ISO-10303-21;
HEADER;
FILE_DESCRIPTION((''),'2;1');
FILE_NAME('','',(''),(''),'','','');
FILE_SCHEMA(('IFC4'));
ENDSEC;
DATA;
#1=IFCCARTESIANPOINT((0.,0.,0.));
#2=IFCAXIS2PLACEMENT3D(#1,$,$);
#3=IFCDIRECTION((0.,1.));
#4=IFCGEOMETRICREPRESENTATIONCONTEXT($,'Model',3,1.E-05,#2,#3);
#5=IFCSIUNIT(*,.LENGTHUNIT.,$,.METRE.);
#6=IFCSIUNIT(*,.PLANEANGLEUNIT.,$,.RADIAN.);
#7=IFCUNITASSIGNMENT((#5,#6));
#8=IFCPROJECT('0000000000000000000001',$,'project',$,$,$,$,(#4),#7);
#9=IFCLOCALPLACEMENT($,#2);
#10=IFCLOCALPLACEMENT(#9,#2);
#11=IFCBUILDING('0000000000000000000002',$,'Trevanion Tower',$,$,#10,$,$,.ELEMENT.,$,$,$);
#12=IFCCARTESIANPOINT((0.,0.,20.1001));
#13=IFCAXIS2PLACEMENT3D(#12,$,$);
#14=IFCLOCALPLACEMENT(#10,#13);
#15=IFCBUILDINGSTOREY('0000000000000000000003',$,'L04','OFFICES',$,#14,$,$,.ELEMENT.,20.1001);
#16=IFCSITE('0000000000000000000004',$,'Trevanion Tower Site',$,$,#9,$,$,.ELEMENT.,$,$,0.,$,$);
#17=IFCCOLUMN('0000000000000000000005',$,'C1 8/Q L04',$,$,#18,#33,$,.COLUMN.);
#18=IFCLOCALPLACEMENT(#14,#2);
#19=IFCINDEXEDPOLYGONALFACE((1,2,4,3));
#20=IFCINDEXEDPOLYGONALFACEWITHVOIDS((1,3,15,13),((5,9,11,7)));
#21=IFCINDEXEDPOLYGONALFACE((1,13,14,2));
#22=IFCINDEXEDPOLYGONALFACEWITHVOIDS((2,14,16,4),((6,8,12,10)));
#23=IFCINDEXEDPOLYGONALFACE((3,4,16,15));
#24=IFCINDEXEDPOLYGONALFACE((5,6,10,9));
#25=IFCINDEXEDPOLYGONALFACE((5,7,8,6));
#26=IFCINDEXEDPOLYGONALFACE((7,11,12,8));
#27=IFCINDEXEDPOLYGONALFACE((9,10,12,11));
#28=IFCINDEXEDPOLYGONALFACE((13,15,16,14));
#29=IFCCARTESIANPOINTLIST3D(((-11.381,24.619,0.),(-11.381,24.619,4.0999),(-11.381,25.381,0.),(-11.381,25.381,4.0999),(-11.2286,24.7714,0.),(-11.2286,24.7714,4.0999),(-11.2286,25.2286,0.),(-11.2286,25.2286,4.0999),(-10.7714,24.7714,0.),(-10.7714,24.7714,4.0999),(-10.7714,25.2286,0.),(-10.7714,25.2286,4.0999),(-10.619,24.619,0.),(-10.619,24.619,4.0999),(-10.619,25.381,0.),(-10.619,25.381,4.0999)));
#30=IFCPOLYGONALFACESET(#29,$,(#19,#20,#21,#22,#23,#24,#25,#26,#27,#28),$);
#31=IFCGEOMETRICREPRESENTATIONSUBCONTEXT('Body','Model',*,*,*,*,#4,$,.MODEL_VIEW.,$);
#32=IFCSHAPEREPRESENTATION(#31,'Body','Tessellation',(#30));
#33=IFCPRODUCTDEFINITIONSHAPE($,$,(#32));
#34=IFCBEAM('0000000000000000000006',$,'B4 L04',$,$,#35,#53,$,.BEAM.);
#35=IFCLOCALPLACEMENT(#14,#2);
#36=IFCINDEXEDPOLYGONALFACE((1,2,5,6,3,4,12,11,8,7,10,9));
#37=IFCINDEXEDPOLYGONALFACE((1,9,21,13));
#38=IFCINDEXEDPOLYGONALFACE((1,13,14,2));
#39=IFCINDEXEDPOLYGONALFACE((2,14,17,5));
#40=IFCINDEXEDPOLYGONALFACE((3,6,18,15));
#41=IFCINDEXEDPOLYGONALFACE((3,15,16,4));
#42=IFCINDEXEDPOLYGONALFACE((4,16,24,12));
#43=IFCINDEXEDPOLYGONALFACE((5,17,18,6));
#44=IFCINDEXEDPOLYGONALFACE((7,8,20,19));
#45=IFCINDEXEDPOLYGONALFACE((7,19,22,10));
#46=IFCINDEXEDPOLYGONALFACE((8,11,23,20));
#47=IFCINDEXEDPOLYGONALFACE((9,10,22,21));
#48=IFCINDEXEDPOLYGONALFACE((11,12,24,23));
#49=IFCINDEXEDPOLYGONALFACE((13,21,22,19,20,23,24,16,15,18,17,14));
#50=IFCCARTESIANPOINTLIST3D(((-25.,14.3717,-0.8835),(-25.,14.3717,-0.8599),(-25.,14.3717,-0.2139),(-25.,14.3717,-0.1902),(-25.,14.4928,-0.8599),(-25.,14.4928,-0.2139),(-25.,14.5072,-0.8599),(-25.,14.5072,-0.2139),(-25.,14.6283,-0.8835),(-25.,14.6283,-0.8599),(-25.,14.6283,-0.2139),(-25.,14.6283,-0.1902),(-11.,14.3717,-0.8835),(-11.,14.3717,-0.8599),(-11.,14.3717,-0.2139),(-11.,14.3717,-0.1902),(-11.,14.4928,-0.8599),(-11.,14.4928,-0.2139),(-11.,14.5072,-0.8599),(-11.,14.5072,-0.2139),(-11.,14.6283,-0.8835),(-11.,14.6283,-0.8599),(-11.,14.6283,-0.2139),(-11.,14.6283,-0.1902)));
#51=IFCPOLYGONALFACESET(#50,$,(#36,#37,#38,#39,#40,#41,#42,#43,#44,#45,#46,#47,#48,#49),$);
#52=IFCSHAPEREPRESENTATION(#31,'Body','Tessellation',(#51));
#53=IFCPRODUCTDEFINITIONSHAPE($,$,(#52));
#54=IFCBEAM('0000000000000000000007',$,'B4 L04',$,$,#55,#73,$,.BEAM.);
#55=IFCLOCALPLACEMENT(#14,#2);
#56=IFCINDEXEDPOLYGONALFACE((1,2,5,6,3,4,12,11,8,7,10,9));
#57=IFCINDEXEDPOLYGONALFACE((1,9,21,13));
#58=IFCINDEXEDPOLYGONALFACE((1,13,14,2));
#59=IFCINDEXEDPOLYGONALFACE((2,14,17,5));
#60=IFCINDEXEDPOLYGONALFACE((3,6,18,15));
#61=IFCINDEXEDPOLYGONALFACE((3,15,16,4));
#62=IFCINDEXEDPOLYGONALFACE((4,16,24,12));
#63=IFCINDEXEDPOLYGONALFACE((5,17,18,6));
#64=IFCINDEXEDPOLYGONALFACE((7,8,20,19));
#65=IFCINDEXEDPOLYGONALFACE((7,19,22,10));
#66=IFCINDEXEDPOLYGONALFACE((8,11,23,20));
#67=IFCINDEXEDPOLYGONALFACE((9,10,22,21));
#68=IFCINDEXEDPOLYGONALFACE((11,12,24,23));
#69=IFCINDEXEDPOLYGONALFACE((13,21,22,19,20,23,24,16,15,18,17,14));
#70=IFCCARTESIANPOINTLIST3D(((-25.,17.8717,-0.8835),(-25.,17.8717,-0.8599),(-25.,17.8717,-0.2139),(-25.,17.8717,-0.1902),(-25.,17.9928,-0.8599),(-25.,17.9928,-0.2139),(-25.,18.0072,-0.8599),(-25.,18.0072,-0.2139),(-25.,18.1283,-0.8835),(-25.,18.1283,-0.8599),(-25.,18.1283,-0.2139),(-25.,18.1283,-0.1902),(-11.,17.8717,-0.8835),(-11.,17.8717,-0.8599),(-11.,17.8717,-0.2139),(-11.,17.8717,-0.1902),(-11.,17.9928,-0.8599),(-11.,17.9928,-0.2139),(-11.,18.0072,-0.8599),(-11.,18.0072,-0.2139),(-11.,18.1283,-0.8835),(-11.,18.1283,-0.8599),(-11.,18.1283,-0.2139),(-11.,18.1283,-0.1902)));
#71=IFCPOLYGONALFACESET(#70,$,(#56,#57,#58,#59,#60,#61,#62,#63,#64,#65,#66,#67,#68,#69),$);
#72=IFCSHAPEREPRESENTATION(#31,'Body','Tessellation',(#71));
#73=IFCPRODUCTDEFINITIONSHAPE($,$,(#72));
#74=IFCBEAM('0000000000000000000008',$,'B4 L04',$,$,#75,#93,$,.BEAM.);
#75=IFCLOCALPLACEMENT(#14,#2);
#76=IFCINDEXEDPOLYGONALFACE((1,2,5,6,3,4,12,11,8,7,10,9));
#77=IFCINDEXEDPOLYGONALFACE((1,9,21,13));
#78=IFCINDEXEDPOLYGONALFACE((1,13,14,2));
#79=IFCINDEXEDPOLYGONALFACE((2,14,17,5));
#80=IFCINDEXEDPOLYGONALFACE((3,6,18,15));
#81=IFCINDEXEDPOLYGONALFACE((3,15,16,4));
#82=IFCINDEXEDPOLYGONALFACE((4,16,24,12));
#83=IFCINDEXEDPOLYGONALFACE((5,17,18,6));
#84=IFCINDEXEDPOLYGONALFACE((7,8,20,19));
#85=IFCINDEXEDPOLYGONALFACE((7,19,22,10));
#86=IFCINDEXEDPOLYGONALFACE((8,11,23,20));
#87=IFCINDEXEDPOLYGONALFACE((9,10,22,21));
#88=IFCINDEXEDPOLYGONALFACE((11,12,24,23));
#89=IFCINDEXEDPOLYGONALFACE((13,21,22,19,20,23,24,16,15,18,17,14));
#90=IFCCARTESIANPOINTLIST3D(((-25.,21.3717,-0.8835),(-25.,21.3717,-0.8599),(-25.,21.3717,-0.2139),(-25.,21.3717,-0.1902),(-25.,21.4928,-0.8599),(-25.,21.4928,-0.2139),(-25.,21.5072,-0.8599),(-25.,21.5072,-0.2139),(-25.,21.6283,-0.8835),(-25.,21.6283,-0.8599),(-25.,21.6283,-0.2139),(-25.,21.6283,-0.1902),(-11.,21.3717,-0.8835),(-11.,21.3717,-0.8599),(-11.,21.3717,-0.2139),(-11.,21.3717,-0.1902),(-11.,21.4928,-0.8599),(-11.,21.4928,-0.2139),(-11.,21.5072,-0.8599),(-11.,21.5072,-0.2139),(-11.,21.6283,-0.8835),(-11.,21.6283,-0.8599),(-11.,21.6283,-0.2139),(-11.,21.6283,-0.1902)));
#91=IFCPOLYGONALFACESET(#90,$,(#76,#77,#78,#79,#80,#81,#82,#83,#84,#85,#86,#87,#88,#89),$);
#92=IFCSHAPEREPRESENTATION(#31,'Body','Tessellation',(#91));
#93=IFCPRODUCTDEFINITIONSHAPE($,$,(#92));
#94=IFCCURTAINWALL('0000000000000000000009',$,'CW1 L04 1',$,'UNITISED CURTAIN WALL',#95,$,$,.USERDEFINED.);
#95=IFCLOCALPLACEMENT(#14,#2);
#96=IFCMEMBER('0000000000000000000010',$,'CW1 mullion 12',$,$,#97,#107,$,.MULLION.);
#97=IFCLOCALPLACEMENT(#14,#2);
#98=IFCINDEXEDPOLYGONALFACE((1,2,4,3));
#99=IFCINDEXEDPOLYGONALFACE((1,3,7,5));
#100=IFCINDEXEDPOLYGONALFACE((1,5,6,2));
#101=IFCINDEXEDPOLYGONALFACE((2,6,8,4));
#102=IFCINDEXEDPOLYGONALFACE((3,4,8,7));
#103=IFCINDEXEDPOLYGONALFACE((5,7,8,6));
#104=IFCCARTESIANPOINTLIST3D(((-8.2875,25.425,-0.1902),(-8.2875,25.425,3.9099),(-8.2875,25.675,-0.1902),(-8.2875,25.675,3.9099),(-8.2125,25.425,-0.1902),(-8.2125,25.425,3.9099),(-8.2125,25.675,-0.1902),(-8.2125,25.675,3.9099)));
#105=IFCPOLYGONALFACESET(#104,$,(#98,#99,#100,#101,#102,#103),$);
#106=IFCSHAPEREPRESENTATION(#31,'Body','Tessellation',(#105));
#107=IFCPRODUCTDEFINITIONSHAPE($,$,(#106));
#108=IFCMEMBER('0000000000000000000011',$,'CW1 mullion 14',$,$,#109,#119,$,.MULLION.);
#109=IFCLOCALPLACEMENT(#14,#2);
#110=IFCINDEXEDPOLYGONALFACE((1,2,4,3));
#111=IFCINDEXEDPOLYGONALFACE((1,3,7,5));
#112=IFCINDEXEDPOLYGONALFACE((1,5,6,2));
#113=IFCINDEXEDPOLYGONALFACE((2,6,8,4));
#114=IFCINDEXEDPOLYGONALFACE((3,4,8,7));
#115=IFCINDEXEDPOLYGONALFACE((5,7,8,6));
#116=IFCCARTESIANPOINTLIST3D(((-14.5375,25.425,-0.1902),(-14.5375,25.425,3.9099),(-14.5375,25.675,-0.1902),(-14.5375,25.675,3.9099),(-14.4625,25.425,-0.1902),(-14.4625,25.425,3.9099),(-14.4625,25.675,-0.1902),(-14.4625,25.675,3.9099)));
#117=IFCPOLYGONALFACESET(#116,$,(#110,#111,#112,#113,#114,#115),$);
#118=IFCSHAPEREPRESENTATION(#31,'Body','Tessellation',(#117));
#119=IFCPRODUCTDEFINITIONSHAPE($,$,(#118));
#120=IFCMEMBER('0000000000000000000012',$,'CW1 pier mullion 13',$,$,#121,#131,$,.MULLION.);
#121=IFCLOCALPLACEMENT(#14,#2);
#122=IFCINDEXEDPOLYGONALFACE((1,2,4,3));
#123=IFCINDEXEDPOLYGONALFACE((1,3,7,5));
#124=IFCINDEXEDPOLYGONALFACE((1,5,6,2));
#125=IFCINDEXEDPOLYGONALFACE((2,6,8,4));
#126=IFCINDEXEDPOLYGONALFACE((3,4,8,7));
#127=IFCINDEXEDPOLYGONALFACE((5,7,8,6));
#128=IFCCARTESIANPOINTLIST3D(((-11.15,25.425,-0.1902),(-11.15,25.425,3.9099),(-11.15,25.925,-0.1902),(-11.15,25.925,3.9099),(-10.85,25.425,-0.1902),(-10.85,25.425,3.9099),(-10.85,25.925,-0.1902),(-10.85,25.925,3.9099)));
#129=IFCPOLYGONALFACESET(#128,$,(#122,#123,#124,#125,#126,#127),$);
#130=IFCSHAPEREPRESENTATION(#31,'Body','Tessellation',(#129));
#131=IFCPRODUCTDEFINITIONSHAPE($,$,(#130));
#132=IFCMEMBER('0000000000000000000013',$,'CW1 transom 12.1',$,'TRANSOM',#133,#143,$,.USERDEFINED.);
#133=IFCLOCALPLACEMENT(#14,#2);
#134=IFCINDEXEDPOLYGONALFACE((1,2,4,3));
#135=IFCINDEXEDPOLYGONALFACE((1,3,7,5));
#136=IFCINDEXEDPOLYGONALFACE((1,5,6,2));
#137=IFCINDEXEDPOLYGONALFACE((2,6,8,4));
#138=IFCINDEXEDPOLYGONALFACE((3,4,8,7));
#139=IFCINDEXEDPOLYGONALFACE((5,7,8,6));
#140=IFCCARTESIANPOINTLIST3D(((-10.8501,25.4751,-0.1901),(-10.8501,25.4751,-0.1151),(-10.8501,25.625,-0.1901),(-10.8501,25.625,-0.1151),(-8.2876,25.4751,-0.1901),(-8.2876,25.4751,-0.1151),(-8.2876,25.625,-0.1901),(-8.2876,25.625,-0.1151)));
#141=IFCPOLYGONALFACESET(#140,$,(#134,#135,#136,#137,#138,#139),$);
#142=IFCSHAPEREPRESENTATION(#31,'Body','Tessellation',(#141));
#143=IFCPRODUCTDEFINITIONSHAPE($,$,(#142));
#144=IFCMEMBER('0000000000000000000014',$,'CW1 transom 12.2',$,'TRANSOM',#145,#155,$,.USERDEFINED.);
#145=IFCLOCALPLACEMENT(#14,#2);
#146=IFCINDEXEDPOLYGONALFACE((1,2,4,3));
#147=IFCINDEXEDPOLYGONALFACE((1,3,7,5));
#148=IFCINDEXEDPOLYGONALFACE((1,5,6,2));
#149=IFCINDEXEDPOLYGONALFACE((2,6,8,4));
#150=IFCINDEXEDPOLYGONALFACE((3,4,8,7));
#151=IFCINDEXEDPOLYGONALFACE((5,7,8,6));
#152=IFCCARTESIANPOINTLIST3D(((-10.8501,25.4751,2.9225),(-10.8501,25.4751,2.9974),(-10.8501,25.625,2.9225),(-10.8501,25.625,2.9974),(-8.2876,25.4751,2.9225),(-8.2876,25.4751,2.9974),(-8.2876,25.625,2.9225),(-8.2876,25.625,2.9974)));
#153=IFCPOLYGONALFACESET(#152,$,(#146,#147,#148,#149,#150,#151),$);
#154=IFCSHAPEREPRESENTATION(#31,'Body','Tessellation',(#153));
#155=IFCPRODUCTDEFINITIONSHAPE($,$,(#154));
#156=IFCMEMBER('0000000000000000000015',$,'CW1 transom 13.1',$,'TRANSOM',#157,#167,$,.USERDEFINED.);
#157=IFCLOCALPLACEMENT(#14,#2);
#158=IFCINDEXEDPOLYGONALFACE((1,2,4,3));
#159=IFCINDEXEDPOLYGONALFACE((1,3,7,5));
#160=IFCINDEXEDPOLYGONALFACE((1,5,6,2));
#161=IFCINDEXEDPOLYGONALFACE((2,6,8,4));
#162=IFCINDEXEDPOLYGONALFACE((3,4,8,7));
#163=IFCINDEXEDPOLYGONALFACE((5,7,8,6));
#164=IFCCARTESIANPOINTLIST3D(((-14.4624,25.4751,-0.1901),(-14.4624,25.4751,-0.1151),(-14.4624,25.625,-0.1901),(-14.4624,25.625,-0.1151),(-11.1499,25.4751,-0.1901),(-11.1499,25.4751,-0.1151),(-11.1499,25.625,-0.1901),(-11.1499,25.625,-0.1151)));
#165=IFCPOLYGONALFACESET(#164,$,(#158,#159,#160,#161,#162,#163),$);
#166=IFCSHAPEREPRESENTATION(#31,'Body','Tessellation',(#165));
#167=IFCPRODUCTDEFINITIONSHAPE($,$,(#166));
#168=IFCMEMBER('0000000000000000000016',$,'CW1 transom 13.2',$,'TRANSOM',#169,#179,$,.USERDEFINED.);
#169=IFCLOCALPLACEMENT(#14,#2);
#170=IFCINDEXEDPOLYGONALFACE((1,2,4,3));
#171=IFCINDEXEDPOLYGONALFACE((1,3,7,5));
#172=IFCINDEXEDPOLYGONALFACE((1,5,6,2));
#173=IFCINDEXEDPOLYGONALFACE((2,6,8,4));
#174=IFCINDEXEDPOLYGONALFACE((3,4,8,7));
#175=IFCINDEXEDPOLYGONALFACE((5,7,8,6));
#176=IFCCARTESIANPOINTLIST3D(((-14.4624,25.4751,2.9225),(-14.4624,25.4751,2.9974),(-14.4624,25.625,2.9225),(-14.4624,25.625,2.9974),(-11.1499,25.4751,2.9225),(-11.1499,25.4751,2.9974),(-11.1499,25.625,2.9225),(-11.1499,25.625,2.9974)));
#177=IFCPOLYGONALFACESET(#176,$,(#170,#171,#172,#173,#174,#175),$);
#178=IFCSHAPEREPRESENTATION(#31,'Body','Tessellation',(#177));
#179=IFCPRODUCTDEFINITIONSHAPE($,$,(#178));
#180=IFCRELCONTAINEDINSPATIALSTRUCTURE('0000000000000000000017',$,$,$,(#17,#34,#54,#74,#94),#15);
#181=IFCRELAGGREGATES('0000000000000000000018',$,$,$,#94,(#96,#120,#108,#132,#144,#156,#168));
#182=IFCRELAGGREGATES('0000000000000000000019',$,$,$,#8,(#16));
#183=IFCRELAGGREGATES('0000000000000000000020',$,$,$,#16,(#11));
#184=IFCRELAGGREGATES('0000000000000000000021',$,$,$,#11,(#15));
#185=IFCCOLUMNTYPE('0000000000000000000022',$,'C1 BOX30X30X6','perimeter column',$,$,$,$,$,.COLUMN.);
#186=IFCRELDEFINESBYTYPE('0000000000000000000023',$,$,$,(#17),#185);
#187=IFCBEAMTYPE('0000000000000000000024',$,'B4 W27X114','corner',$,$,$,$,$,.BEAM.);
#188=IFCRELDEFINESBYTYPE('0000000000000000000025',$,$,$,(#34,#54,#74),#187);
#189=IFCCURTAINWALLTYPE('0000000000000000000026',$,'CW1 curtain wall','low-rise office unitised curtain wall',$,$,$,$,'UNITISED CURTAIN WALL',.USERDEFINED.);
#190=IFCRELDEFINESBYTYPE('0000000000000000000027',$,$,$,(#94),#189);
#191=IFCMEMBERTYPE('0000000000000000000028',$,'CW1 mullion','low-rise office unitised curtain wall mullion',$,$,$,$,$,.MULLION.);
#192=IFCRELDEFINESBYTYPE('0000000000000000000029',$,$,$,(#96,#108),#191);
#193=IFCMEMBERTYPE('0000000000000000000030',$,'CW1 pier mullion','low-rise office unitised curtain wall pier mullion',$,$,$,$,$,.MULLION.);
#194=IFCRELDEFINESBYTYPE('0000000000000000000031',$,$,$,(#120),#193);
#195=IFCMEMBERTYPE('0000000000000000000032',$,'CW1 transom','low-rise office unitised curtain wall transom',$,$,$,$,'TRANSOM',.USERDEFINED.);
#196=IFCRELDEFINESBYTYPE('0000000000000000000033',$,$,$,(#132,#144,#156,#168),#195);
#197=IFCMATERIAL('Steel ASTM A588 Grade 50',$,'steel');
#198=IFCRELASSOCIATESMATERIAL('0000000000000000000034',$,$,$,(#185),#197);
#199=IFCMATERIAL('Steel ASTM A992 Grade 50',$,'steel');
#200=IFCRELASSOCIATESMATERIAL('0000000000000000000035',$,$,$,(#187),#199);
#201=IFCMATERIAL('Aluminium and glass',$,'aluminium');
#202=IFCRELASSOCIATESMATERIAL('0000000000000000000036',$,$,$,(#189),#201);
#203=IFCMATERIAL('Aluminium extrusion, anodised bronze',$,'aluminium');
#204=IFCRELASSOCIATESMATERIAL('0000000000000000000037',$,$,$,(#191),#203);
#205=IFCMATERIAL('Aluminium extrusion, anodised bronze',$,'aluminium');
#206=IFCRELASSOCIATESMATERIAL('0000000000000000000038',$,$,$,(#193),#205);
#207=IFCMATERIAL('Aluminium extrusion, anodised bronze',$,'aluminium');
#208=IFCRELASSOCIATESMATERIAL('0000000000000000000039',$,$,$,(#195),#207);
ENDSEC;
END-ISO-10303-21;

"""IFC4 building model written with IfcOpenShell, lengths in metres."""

from ifc_helpers import new_model, si_unit, direction, frame, origin, origin_2d, place, context, subcontext, project, spatial, rectangle, hollow_rectangle, i_section, extrude, material, material_profile, profile_set, type_object, element, aggregate, save


model = new_model("IFC4")

# Units and contexts
model_context = context("Model", 3, precision=1e-05, world=origin(), true_north=direction((0.0, 1.0)))
body_context = subcontext(model_context, "Body", "Model", "MODEL_VIEW")
ifc_project = project(units=[si_unit("LENGTHUNIT", "METRE"), si_unit("PLANEANGLEUNIT", "RADIAN")], contexts=[model_context])

# Site, building, storey
site_placement = place(None, origin())
site = spatial("IfcSite", under=ifc_project, at=site_placement, Name="Trevanion Tower Site", CompositionType="ELEMENT", RefElevation=0.0)
building_placement = place(site_placement, origin())
building = spatial("IfcBuilding", under=site, at=building_placement, Name="Trevanion Tower", CompositionType="ELEMENT")
storey_placement = place(building_placement, frame((0.0, 0.0, 20.1001)))
storey = spatial("IfcBuildingStorey", under=building, at=storey_placement, Name="L04", Description="OFFICES", CompositionType="ELEMENT", Elevation=20.1001)

# Column
ifc_material_1 = material(Name="Steel ASTM A588 Grade 50", Category="steel")
ifc_material_profile_1 = material_profile(ifc_material_1, hollow_rectangle(XDim=0.762, YDim=0.762, WallThickness=0.1523, at=origin_2d()), Name="BOX30X30X6")
ifc_profile_set_1 = profile_set([ifc_material_profile_1], Name="Steel ASTM A588 Grade 50")
column_type = type_object("IfcColumnType", Name="C1 BOX30X30X6", Description="perimeter column", PredefinedType="COLUMN", material=ifc_profile_set_1)
column_placement = place(storey_placement, frame((-11.0, 25.0, 0.0), z_axis=(0.0, 0.0, 1.0), x_axis=(1.0, 0.0, 0.0)))
element("IfcColumn", 1, at=column_placement, inside=storey, type_object=column_type, Name="C1 8/Q L04", PredefinedType="COLUMN", context=body_context, shape_type="SweptSolid", body=[
    extrude(hollow_rectangle(XDim=0.762, YDim=0.762, WallThickness=0.1523, at=origin_2d()), origin(), (0.0, 0.0, 1.0), 4.0999),
])

# Beams
ifc_material_2 = material(Name="Steel ASTM A992 Grade 50", Category="steel")
ifc_material_profile_2 = material_profile(ifc_material_2, i_section(OverallWidth=0.2566, OverallDepth=0.6934, WebThickness=0.0144, FlangeThickness=0.0237, at=origin_2d()), Name="W27X114")
ifc_profile_set_2 = profile_set([ifc_material_profile_2], Name="Steel ASTM A992 Grade 50")
beam_type_1 = type_object("IfcBeamType", Name="B4 W27X114", Description="corner", PredefinedType="BEAM", material=ifc_profile_set_2)
for number, where, z_axis, x_axis, name in (
    (2, (-11.0, 14.5, -0.5369), (-1.0, 0.0, 0.0), (0.0, -1.0, 0.0), "B4 L04"),
    (3, (-11.0, 18.0, -0.5369), (-1.0, 0.0, 0.0), (0.0, -1.0, 0.0), "B4 L04"),
    (4, (-11.0, 21.5, -0.5369), (-1.0, 0.0, 0.0), (0.0, -1.0, 0.0), "B4 L04"),
):
    element("IfcBeam", number, at=place(storey_placement, frame(where, z_axis=z_axis, x_axis=x_axis)), inside=storey, type_object=beam_type_1, Name=name, PredefinedType="BEAM", context=body_context, shape_type="SweptSolid", body=[
        extrude(i_section(OverallWidth=0.2566, OverallDepth=0.6934, WebThickness=0.0144, FlangeThickness=0.0237, at=origin_2d()), origin(), (0.0, 0.0, 1.0), 14.0),
    ])

# Curtain wall, members
ifc_material_3 = material(Name="Aluminium and glass", Category="aluminium")
curtain_wall_type = type_object("IfcCurtainWallType", Name="CW1 curtain wall", Description="low-rise office unitised curtain wall", ElementType="UNITISED CURTAIN WALL", PredefinedType="USERDEFINED", material=ifc_material_3)
curtain_wall_placement = place(storey_placement, origin())
curtain_wall = element("IfcCurtainWall", 5, at=curtain_wall_placement, inside=storey, type_object=curtain_wall_type, Name="CW1 L04 1", ObjectType="UNITISED CURTAIN WALL", PredefinedType="USERDEFINED")
ifc_material_4 = material(Name="Aluminium extrusion, anodised bronze", Category="aluminium")
ifc_material_profile_3 = material_profile(ifc_material_4, rectangle(XDim=0.075, YDim=0.25, at=origin_2d()), Name="CW1 mullion")
ifc_profile_set_3 = profile_set([ifc_material_profile_3], Name="Aluminium extrusion, anodised bronze")
member_type_1 = type_object("IfcMemberType", Name="CW1 mullion", Description="low-rise office unitised curtain wall mullion", PredefinedType="MULLION", material=ifc_profile_set_3)
member_1_placement = place(storey_placement, frame((-8.25, 25.55, -0.1902), z_axis=(0.0, 0.0, 1.0), x_axis=(-1.0, 0.0, 0.0)))
member_1 = element("IfcMember", 6, at=member_1_placement, type_object=member_type_1, Name="CW1 mullion 12", PredefinedType="MULLION", context=body_context, shape_type="SweptSolid", body=[
    extrude(rectangle(XDim=0.075, YDim=0.25, at=origin_2d()), origin(), (0.0, 0.0, 1.0), 4.1001),
])
member_2_placement = place(storey_placement, frame((-14.5, 25.55, -0.1902), z_axis=(0.0, 0.0, 1.0), x_axis=(-1.0, 0.0, 0.0)))
member_2 = element("IfcMember", 7, at=member_2_placement, type_object=member_type_1, Name="CW1 mullion 14", PredefinedType="MULLION", context=body_context, shape_type="SweptSolid", body=[
    extrude(rectangle(XDim=0.075, YDim=0.25, at=origin_2d()), origin(), (0.0, 0.0, 1.0), 4.1001),
])
ifc_material_5 = material(Name="Aluminium extrusion, anodised bronze", Category="aluminium")
ifc_material_profile_4 = material_profile(ifc_material_5, rectangle(XDim=0.3, YDim=0.5, at=origin_2d()), Name="CW1 pier mullion")
ifc_profile_set_4 = profile_set([ifc_material_profile_4], Name="Aluminium extrusion, anodised bronze")
member_type_2 = type_object("IfcMemberType", Name="CW1 pier mullion", Description="low-rise office unitised curtain wall pier mullion", PredefinedType="MULLION", material=ifc_profile_set_4)
member_3_placement = place(storey_placement, frame((-11.0, 25.675, -0.1902), z_axis=(0.0, 0.0, 1.0), x_axis=(-1.0, 0.0, 0.0)))
member_3 = element("IfcMember", 8, at=member_3_placement, type_object=member_type_2, Name="CW1 pier mullion 13", PredefinedType="MULLION", context=body_context, shape_type="SweptSolid", body=[
    extrude(rectangle(XDim=0.3, YDim=0.5, at=origin_2d()), origin(), (0.0, 0.0, 1.0), 4.1001),
])
ifc_material_6 = material(Name="Aluminium extrusion, anodised bronze", Category="aluminium")
ifc_material_profile_5 = material_profile(ifc_material_6, rectangle(XDim=0.1499, YDim=0.075, at=origin_2d()), Name="CW1 transom")
ifc_profile_set_5 = profile_set([ifc_material_profile_5], Name="Aluminium extrusion, anodised bronze")
member_type_3 = type_object("IfcMemberType", Name="CW1 transom", Description="low-rise office unitised curtain wall transom", ElementType="TRANSOM", PredefinedType="USERDEFINED", material=ifc_profile_set_5)
member_4_placement = place(storey_placement, frame((-8.2876, 25.55, -0.1526), z_axis=(-1.0, 0.0, 0.0), x_axis=(0.0, -1.0, 0.0)))
member_4 = element("IfcMember", 9, at=member_4_placement, type_object=member_type_3, Name="CW1 transom 12.1", ObjectType="TRANSOM", PredefinedType="USERDEFINED", context=body_context, shape_type="SweptSolid", body=[
    extrude(rectangle(XDim=0.1499, YDim=0.075, at=origin_2d()), origin(), (0.0, 0.0, 1.0), 2.5625),
])
member_5_placement = place(storey_placement, frame((-8.2876, 25.55, 2.96), z_axis=(-1.0, 0.0, 0.0), x_axis=(0.0, -1.0, 0.0)))
member_5 = element("IfcMember", 10, at=member_5_placement, type_object=member_type_3, Name="CW1 transom 12.2", ObjectType="TRANSOM", PredefinedType="USERDEFINED", context=body_context, shape_type="SweptSolid", body=[
    extrude(rectangle(XDim=0.1499, YDim=0.075, at=origin_2d()), origin(), (0.0, 0.0, 1.0), 2.5625),
])
member_6_placement = place(storey_placement, frame((-11.1499, 25.55, -0.1526), z_axis=(-1.0, 0.0, 0.0), x_axis=(0.0, -1.0, 0.0)))
member_6 = element("IfcMember", 11, at=member_6_placement, type_object=member_type_3, Name="CW1 transom 13.1", ObjectType="TRANSOM", PredefinedType="USERDEFINED", context=body_context, shape_type="SweptSolid", body=[
    extrude(rectangle(XDim=0.1499, YDim=0.075, at=origin_2d()), origin(), (0.0, 0.0, 1.0), 3.3125),
])
member_7_placement = place(storey_placement, frame((-11.1499, 25.55, 2.96), z_axis=(-1.0, 0.0, 0.0), x_axis=(0.0, -1.0, 0.0)))
member_7 = element("IfcMember", 12, at=member_7_placement, type_object=member_type_3, Name="CW1 transom 13.2", ObjectType="TRANSOM", PredefinedType="USERDEFINED", context=body_context, shape_type="SweptSolid", body=[
    extrude(rectangle(XDim=0.1499, YDim=0.075, at=origin_2d()), origin(), (0.0, 0.0, 1.0), 3.3125),
])

aggregate(curtain_wall, [member_1, member_3, member_2, member_4, member_5, member_6, member_7])

save(model, "model.ifc")
